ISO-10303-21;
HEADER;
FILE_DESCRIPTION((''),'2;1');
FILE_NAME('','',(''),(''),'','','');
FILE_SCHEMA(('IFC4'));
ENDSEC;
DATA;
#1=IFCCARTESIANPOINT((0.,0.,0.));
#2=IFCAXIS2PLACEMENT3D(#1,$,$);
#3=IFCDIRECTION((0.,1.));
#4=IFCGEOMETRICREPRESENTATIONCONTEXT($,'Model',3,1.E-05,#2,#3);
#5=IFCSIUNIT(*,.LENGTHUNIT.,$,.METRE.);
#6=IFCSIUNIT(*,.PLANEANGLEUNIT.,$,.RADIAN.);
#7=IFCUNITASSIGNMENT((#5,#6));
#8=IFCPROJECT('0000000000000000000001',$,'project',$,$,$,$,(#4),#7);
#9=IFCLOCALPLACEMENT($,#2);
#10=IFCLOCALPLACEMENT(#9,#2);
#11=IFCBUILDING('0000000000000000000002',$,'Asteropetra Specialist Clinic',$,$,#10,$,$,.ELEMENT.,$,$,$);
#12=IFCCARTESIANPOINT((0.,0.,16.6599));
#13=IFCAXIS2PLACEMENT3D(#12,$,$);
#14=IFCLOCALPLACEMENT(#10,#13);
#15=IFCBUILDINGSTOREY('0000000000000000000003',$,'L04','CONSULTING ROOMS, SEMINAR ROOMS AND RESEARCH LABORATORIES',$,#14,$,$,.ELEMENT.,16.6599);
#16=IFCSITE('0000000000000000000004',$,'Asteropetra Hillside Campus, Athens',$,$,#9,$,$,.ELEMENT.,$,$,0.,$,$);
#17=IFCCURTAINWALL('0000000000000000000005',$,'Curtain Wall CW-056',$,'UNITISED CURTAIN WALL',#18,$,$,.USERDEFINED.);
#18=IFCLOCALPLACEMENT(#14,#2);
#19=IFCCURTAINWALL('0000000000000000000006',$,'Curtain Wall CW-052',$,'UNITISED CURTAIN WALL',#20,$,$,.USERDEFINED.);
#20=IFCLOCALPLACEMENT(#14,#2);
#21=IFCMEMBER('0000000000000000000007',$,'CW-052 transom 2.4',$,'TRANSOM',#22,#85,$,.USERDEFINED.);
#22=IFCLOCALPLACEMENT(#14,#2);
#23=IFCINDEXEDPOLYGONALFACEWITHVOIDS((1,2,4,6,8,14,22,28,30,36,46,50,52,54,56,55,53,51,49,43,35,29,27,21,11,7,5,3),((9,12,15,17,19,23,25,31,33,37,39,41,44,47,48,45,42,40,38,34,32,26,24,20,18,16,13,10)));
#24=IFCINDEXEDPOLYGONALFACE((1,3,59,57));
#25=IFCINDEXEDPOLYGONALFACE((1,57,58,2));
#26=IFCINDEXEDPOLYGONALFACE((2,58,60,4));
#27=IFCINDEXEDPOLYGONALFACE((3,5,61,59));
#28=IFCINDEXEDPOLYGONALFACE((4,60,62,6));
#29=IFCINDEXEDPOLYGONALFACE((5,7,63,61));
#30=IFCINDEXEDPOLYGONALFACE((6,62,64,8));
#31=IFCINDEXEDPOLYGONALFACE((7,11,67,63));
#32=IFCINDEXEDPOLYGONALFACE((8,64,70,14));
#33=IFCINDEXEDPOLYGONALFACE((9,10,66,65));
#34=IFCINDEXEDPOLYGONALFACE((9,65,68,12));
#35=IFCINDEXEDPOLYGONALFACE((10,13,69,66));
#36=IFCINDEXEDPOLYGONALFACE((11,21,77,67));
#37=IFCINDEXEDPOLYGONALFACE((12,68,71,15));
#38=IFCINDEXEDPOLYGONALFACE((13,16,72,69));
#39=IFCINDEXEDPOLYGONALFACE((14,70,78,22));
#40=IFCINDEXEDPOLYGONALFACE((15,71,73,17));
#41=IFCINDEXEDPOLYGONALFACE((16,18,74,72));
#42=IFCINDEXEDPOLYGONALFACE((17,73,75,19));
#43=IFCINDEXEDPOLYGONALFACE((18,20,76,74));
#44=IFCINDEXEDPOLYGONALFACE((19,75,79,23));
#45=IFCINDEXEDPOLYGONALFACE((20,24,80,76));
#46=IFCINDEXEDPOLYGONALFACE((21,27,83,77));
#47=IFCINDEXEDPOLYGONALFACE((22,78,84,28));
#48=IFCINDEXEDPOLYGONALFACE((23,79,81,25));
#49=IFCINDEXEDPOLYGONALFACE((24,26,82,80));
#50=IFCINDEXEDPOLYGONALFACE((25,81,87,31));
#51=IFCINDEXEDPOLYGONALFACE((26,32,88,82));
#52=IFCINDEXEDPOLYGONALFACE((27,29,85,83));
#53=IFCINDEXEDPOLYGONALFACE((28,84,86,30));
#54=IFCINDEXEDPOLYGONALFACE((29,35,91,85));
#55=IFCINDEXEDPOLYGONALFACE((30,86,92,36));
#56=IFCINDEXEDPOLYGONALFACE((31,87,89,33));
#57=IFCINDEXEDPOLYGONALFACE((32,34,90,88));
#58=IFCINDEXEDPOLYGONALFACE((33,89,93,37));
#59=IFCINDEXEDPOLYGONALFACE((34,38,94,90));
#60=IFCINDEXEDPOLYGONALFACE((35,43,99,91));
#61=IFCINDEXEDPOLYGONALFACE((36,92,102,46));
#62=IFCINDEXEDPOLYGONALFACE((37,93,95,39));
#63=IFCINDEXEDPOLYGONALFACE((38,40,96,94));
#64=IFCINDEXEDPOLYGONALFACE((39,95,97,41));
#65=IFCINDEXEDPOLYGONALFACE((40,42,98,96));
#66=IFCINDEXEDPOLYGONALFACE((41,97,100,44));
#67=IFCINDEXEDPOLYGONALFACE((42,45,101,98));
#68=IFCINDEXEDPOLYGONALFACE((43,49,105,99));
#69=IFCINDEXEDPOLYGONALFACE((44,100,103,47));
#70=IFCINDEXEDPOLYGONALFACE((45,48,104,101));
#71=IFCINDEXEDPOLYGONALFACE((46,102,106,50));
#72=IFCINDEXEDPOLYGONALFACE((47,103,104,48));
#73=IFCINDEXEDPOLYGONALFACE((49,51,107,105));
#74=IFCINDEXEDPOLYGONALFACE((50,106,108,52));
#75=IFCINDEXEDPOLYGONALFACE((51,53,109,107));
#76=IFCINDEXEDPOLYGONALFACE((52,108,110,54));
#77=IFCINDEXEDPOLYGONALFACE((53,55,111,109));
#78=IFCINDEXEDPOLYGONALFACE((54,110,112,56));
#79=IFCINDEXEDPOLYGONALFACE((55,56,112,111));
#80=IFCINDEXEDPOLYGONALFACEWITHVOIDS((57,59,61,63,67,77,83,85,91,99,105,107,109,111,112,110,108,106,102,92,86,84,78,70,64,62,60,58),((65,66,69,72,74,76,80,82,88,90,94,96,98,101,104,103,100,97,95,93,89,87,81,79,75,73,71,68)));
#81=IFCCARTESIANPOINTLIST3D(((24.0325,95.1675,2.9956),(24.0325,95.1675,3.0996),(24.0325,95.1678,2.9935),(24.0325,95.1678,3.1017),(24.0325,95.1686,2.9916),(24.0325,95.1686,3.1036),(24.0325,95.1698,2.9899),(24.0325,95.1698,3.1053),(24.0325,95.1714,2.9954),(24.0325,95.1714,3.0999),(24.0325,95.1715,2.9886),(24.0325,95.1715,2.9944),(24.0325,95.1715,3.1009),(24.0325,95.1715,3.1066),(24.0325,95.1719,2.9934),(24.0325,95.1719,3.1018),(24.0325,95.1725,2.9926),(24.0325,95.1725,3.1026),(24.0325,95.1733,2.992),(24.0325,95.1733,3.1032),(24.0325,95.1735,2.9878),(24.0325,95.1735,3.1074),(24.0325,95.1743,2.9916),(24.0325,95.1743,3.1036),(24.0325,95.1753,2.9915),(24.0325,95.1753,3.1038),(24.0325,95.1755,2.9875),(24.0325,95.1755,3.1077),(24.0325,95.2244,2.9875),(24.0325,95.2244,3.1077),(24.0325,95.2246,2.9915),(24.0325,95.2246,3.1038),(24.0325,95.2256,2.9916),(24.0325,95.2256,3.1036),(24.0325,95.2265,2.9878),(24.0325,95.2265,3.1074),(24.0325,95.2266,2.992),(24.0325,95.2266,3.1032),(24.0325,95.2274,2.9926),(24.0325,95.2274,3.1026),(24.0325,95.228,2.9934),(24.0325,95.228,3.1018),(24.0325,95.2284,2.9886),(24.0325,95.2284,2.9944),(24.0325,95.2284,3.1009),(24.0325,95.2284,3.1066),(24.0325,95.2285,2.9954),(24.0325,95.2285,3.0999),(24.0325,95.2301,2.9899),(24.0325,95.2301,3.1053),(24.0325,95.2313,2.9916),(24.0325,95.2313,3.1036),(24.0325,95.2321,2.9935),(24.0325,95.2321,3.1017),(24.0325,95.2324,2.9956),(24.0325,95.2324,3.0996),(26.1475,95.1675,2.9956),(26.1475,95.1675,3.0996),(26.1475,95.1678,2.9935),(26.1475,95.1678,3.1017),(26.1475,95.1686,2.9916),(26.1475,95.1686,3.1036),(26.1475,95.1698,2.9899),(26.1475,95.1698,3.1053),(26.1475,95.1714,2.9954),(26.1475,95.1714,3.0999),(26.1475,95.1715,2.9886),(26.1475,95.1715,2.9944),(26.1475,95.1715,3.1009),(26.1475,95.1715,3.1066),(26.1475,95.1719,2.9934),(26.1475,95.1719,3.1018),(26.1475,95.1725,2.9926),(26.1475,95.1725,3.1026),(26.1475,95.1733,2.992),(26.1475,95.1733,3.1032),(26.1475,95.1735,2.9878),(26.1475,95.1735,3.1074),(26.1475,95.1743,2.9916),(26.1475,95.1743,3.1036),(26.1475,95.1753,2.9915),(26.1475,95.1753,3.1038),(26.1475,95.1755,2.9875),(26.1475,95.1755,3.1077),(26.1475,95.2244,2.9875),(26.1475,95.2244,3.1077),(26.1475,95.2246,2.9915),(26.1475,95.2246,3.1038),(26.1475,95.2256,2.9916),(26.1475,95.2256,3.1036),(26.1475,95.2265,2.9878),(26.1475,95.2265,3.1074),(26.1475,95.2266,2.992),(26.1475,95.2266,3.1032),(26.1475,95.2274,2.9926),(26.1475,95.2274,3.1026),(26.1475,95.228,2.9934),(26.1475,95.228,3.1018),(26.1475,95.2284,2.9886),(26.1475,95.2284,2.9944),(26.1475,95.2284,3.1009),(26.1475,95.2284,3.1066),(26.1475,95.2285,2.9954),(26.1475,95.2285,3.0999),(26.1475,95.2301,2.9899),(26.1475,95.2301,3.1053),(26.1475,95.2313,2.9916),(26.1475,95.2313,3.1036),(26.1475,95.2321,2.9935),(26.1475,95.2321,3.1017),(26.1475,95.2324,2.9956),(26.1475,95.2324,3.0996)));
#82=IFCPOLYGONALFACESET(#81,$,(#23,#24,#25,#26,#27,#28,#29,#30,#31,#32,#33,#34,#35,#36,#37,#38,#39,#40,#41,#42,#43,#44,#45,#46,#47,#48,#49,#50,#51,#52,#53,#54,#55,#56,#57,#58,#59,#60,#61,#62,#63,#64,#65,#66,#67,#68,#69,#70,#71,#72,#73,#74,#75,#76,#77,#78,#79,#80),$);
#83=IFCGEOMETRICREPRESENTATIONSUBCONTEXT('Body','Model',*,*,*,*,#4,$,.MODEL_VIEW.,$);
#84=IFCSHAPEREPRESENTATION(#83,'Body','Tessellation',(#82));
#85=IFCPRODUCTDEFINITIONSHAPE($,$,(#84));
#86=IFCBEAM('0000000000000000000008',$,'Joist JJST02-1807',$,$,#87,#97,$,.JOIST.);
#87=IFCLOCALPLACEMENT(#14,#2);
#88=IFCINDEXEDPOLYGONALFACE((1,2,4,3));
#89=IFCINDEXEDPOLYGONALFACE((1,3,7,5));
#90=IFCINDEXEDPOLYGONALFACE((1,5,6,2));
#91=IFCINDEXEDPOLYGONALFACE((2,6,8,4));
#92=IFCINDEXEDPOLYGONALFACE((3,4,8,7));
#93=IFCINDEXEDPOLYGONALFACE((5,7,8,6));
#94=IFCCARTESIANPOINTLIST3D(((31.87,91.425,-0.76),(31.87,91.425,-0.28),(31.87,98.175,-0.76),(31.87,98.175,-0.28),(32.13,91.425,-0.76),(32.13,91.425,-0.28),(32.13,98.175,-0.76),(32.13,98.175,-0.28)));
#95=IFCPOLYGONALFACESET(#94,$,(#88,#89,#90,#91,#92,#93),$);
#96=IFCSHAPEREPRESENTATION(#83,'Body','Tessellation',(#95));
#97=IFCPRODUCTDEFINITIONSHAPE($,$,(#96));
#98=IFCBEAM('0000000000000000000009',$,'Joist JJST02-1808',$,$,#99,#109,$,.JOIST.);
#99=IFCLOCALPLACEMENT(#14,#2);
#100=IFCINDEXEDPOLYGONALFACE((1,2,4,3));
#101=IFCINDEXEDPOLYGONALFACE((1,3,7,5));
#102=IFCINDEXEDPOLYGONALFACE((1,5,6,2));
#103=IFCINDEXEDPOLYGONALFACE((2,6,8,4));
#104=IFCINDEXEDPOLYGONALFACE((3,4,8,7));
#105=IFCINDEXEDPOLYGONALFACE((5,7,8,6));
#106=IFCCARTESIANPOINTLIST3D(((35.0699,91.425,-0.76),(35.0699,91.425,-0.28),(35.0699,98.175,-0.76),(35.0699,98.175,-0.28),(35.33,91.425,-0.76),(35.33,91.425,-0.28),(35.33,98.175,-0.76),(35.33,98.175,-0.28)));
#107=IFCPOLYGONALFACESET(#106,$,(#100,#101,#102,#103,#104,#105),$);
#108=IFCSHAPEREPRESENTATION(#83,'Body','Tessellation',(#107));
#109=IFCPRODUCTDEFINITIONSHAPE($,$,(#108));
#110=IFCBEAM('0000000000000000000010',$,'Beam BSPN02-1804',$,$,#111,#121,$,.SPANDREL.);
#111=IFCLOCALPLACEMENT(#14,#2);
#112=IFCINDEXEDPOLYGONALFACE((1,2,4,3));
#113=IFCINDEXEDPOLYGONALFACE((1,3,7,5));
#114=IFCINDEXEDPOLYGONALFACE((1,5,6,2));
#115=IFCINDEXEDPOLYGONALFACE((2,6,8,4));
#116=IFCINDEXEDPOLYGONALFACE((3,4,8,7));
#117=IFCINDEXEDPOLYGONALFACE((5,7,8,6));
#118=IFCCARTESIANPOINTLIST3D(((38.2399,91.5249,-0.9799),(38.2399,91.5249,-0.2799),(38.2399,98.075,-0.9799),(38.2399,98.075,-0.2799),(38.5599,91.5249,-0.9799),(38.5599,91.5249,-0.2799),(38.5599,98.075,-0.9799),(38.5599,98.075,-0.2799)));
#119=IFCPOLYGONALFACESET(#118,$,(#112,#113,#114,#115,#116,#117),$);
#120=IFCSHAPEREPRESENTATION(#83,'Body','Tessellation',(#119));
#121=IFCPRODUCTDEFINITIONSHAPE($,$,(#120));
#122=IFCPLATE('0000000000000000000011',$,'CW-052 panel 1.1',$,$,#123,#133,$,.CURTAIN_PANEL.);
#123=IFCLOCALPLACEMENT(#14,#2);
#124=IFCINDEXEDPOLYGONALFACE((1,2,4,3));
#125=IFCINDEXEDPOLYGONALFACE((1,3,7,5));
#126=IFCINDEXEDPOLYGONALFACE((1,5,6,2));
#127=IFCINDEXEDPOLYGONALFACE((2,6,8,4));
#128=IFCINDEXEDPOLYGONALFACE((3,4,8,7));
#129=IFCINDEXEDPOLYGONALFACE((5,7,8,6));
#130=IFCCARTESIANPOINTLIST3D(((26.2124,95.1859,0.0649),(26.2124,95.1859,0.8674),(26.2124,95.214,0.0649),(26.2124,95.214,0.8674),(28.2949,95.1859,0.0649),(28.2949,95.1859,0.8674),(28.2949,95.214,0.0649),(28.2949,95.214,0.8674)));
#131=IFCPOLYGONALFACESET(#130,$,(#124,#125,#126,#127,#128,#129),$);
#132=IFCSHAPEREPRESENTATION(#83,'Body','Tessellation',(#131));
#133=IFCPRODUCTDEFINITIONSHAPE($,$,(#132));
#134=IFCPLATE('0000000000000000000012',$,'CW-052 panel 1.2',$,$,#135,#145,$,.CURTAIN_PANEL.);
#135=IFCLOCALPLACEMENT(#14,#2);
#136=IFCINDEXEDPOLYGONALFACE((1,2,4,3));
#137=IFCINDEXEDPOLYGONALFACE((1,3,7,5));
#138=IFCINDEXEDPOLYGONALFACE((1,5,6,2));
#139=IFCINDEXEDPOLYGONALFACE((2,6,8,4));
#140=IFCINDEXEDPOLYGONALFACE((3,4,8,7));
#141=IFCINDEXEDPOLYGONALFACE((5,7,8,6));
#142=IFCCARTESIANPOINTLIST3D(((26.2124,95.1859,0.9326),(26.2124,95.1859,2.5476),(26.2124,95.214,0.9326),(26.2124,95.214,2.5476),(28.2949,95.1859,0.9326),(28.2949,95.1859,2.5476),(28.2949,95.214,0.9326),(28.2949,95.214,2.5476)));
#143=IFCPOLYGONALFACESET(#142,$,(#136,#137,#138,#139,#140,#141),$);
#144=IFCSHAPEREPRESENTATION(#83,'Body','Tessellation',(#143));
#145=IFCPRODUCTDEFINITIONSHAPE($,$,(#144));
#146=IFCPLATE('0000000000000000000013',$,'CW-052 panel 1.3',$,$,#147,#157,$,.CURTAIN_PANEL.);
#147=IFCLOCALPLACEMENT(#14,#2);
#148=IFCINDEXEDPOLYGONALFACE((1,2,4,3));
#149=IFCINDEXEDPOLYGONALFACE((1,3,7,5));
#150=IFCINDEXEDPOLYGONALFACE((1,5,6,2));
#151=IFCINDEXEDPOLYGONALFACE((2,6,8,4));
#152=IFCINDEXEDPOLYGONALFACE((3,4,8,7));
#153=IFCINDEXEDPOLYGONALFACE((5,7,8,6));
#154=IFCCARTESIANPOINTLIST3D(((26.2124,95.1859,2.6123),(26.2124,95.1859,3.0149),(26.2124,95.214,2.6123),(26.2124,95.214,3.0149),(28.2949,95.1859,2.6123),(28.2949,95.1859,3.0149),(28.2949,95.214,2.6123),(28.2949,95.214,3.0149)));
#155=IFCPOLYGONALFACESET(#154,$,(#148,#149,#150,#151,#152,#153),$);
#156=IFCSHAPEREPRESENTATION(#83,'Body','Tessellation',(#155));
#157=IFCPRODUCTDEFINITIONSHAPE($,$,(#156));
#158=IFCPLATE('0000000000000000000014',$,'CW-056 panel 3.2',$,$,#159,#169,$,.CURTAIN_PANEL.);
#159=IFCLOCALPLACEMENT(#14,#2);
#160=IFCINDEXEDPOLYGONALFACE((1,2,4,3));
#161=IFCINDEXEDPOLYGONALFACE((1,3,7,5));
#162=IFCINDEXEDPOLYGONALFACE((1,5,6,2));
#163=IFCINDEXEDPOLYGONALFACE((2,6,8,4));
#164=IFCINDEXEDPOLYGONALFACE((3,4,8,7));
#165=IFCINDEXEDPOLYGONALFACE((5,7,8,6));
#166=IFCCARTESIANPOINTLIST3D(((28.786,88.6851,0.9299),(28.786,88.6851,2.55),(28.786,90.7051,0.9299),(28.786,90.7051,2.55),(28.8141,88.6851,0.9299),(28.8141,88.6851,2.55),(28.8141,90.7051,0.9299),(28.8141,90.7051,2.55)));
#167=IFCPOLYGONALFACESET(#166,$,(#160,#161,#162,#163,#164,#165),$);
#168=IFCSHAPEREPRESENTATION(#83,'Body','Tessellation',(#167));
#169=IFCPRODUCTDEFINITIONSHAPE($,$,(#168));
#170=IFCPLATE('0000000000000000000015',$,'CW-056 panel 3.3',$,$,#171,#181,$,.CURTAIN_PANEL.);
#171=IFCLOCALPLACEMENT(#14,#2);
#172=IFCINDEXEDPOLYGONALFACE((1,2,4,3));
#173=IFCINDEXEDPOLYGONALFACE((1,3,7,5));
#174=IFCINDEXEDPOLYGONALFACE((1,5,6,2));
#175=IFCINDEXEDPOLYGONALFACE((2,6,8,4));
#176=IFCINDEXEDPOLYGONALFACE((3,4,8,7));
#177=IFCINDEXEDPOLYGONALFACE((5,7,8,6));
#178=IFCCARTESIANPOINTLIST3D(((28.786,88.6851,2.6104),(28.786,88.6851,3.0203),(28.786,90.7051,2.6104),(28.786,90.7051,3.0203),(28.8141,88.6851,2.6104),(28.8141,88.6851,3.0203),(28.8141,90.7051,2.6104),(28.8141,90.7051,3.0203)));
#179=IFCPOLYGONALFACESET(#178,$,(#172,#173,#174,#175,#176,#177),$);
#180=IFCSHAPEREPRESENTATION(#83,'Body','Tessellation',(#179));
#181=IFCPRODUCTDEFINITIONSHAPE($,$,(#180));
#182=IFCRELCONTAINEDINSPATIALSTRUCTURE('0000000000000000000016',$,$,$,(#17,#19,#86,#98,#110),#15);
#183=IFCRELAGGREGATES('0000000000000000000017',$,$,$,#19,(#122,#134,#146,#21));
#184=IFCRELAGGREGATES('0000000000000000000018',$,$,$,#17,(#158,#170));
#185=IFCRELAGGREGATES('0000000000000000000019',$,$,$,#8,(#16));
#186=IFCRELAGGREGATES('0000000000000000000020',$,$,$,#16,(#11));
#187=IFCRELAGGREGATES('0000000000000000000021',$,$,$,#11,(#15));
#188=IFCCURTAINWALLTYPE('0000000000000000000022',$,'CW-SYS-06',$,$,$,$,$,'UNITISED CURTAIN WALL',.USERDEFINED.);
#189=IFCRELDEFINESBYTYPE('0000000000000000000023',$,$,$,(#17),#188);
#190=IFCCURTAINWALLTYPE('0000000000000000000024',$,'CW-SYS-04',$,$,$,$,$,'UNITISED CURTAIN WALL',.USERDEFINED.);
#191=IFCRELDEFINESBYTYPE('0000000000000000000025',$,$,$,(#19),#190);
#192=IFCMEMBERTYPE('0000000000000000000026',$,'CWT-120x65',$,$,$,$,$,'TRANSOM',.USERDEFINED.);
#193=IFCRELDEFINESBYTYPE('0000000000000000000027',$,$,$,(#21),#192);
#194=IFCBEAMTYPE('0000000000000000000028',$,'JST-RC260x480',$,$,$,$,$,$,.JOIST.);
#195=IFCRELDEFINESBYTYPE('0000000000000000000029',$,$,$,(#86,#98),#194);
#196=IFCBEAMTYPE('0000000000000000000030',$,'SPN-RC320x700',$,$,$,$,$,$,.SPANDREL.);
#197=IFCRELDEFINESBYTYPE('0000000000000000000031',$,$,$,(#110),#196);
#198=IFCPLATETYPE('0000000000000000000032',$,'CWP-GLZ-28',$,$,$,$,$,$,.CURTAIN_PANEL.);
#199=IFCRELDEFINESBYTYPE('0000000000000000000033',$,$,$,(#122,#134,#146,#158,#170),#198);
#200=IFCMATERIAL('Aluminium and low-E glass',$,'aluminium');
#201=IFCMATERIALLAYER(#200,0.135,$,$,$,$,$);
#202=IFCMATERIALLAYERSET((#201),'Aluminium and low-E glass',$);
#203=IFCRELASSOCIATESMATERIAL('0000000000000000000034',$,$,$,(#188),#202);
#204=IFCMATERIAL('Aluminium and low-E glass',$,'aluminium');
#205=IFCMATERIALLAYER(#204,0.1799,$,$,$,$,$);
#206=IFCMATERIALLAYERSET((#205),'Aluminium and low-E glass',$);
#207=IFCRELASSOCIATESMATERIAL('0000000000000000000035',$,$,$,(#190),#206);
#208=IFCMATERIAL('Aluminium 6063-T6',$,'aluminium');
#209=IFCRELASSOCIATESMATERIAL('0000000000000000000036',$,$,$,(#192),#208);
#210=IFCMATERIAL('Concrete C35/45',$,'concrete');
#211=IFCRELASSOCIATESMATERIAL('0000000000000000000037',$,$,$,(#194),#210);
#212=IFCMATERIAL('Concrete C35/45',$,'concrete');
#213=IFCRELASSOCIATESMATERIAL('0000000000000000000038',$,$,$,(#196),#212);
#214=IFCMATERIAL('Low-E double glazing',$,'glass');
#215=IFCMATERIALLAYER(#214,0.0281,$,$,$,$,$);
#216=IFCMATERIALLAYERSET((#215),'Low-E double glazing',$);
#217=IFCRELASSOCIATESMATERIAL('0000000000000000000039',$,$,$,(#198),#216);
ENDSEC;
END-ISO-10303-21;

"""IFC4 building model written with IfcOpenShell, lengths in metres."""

from ifc_helpers import new_model, si_unit, direction, frame, origin, origin_2d, place, context, subcontext, project, spatial, rectangle, hollow_rectangle, extrude, material, layer, layer_set, material_profile, profile_set, type_object, element, aggregate, save


model = new_model("IFC4")

# Units and contexts
model_context = context("Model", 3, precision=1e-05, world=origin(), true_north=direction((0.0, 1.0)))
body_context = subcontext(model_context, "Body", "Model", "MODEL_VIEW")
ifc_project = project(units=[si_unit("LENGTHUNIT", "METRE"), si_unit("PLANEANGLEUNIT", "RADIAN")], contexts=[model_context])

# Site, building, storey
site_placement = place(None, origin())
site = spatial("IfcSite", under=ifc_project, at=site_placement, Name="Asteropetra Hillside Campus, Athens", CompositionType="ELEMENT", RefElevation=0.0)
building_placement = place(site_placement, origin())
building = spatial("IfcBuilding", under=site, at=building_placement, Name="Asteropetra Specialist Clinic", CompositionType="ELEMENT")
storey_placement = place(building_placement, frame((0.0, 0.0, 16.6599)))
storey = spatial("IfcBuildingStorey", under=building, at=storey_placement, Name="L04", Description="CONSULTING ROOMS, SEMINAR ROOMS AND RESEARCH LABORATORIES", CompositionType="ELEMENT", Elevation=16.6599)

# Curtain wall
ifc_material_1 = material(Name="Aluminium and low-E glass", Category="aluminium")
ifc_layer_1 = layer(ifc_material_1, 0.135)
ifc_layer_set_1 = layer_set([ifc_layer_1], Name="Aluminium and low-E glass")
curtain_wall_type_1 = type_object("IfcCurtainWallType", Name="CW-SYS-06", ElementType="UNITISED CURTAIN WALL", PredefinedType="USERDEFINED", material=ifc_layer_set_1)
curtain_wall_1_placement = place(storey_placement, origin())
curtain_wall_1 = element("IfcCurtainWall", 1, at=curtain_wall_1_placement, inside=storey, type_object=curtain_wall_type_1, Name="Curtain Wall CW-056", ObjectType="UNITISED CURTAIN WALL", PredefinedType="USERDEFINED")

# Curtain wall, member
ifc_material_2 = material(Name="Aluminium and low-E glass", Category="aluminium")
ifc_layer_2 = layer(ifc_material_2, 0.1799)
ifc_layer_set_2 = layer_set([ifc_layer_2], Name="Aluminium and low-E glass")
curtain_wall_type_2 = type_object("IfcCurtainWallType", Name="CW-SYS-04", ElementType="UNITISED CURTAIN WALL", PredefinedType="USERDEFINED", material=ifc_layer_set_2)
curtain_wall_2_placement = place(storey_placement, origin())
curtain_wall_2 = element("IfcCurtainWall", 2, at=curtain_wall_2_placement, inside=storey, type_object=curtain_wall_type_2, Name="Curtain Wall CW-052", ObjectType="UNITISED CURTAIN WALL", PredefinedType="USERDEFINED")
ifc_material_3 = material(Name="Aluminium 6063-T6", Category="aluminium")
ifc_material_profile_1 = material_profile(ifc_material_3, hollow_rectangle(XDim=0.0649, YDim=0.1201, WallThickness=0.0039, InnerFilletRadius=0.0039, OuterFilletRadius=0.0081, at=origin_2d()), Name="TRN 120x65x4.0")
ifc_profile_set_1 = profile_set([ifc_material_profile_1], Name="Aluminium 6063-T6")
member_type_1 = type_object("IfcMemberType", Name="CWT-120x65", ElementType="TRANSOM", PredefinedType="USERDEFINED", material=ifc_profile_set_1)
member_1_placement = place(storey_placement, frame((26.1475, 95.2, 3.0476), z_axis=(-1.0, 0.0, 0.0), x_axis=(0.0, -1.0, 0.0)))
member_1 = element("IfcMember", 3, at=member_1_placement, type_object=member_type_1, Name="CW-052 transom 2.4", ObjectType="TRANSOM", PredefinedType="USERDEFINED", context=body_context, shape_type="SweptSolid", body=[
    extrude(hollow_rectangle(XDim=0.0649, YDim=0.1201, WallThickness=0.0039, InnerFilletRadius=0.0039, OuterFilletRadius=0.0081, at=origin_2d()), origin(), (0.0, 0.0, 1.0), 2.115),
])

# Beams
ifc_material_4 = material(Name="Concrete C35/45", Category="concrete")
ifc_material_profile_2 = material_profile(ifc_material_4, rectangle(XDim=0.26, YDim=0.48, at=origin_2d()), Name="RCJ 260x480")
ifc_profile_set_2 = profile_set([ifc_material_profile_2], Name="Concrete C35/45")
beam_type_1 = type_object("IfcBeamType", Name="JST-RC260x480", PredefinedType="JOIST", material=ifc_profile_set_2)
for number, where, z_axis, x_axis, name in (
    (4, (32.0, 91.425, -0.52), (0.0, 1.0, 0.0), (-1.0, 0.0, 0.0), "Joist JJST02-1807"),
    (5, (35.2, 91.425, -0.52), (0.0, 1.0, 0.0), (-1.0, 0.0, 0.0), "Joist JJST02-1808"),
):
    element("IfcBeam", number, at=place(storey_placement, frame(where, z_axis=z_axis, x_axis=x_axis)), inside=storey, type_object=beam_type_1, Name=name, PredefinedType="JOIST", context=body_context, shape_type="SweptSolid", body=[
        extrude(rectangle(XDim=0.26, YDim=0.48, at=origin_2d()), origin(), (0.0, 0.0, 1.0), 6.75),
    ])
ifc_material_5 = material(Name="Concrete C35/45", Category="concrete")
ifc_material_profile_3 = material_profile(ifc_material_5, rectangle(XDim=0.3201, YDim=0.7, at=origin_2d()), Name="RCS 320x700")
ifc_profile_set_3 = profile_set([ifc_material_profile_3], Name="Concrete C35/45")
beam_type_2 = type_object("IfcBeamType", Name="SPN-RC320x700", PredefinedType="SPANDREL", material=ifc_profile_set_3)
beam_placement = place(storey_placement, frame((38.3999, 91.5249, -0.6299), z_axis=(0.0, 1.0, 0.0), x_axis=(-1.0, 0.0, 0.0)))
element("IfcBeam", 6, at=beam_placement, inside=storey, type_object=beam_type_2, Name="Beam BSPN02-1804", PredefinedType="SPANDREL", context=body_context, shape_type="SweptSolid", body=[
    extrude(rectangle(XDim=0.3201, YDim=0.7, at=origin_2d()), origin(), (0.0, 0.0, 1.0), 6.55),
])

# Plates
ifc_material_6 = material(Name="Low-E double glazing", Category="glass")
ifc_layer_3 = layer(ifc_material_6, 0.0281)
ifc_layer_set_3 = layer_set([ifc_layer_3], Name="Low-E double glazing")
plate_type = type_object("IfcPlateType", Name="CWP-GLZ-28", PredefinedType="CURTAIN_PANEL", material=ifc_layer_set_3)
plate_1_placement = place(storey_placement, frame((27.2537, 95.2, 0.0649), z_axis=(0.0, 0.0, 1.0), x_axis=(-1.0, 0.0, 0.0)))
plate_1 = element("IfcPlate", 7, at=plate_1_placement, type_object=plate_type, Name="CW-052 panel 1.1", PredefinedType="CURTAIN_PANEL", context=body_context, shape_type="SweptSolid", body=[
    extrude(rectangle(XDim=2.0825, YDim=0.0281, at=origin_2d()), origin(), (0.0, 0.0, 1.0), 0.8025),
])
plate_2_placement = place(storey_placement, frame((27.2537, 95.2, 0.9326), z_axis=(0.0, 0.0, 1.0), x_axis=(-1.0, 0.0, 0.0)))
plate_2 = element("IfcPlate", 8, at=plate_2_placement, type_object=plate_type, Name="CW-052 panel 1.2", PredefinedType="CURTAIN_PANEL", context=body_context, shape_type="SweptSolid", body=[
    extrude(rectangle(XDim=2.0825, YDim=0.0281, at=origin_2d()), origin(), (0.0, 0.0, 1.0), 1.615),
])
plate_3_placement = place(storey_placement, frame((27.2537, 95.2, 2.6123), z_axis=(0.0, 0.0, 1.0), x_axis=(-1.0, 0.0, 0.0)))
plate_3 = element("IfcPlate", 9, at=plate_3_placement, type_object=plate_type, Name="CW-052 panel 1.3", PredefinedType="CURTAIN_PANEL", context=body_context, shape_type="SweptSolid", body=[
    extrude(rectangle(XDim=2.0825, YDim=0.0281, at=origin_2d()), origin(), (0.0, 0.0, 1.0), 0.4026),
])
aggregate(curtain_wall_2, [plate_1, plate_2, plate_3, member_1])
plate_4_placement = place(storey_placement, frame((28.8, 89.6951, 0.9299), z_axis=(0.0, 0.0, 1.0), x_axis=(0.0, 1.0, 0.0)))
plate_4 = element("IfcPlate", 10, at=plate_4_placement, type_object=plate_type, Name="CW-056 panel 3.2", PredefinedType="CURTAIN_PANEL", context=body_context, shape_type="SweptSolid", body=[
    extrude(rectangle(XDim=2.02, YDim=0.0281, at=origin_2d()), origin(), (0.0, 0.0, 1.0), 1.6201),
])
plate_5_placement = place(storey_placement, frame((28.8, 89.6951, 2.6104), z_axis=(0.0, 0.0, 1.0), x_axis=(0.0, 1.0, 0.0)))
plate_5 = element("IfcPlate", 11, at=plate_5_placement, type_object=plate_type, Name="CW-056 panel 3.3", PredefinedType="CURTAIN_PANEL", context=body_context, shape_type="SweptSolid", body=[
    extrude(rectangle(XDim=2.02, YDim=0.0281, at=origin_2d()), origin(), (0.0, 0.0, 1.0), 0.4099),
])
aggregate(curtain_wall_1, [plate_4, plate_5])

save(model, "model.ifc")
